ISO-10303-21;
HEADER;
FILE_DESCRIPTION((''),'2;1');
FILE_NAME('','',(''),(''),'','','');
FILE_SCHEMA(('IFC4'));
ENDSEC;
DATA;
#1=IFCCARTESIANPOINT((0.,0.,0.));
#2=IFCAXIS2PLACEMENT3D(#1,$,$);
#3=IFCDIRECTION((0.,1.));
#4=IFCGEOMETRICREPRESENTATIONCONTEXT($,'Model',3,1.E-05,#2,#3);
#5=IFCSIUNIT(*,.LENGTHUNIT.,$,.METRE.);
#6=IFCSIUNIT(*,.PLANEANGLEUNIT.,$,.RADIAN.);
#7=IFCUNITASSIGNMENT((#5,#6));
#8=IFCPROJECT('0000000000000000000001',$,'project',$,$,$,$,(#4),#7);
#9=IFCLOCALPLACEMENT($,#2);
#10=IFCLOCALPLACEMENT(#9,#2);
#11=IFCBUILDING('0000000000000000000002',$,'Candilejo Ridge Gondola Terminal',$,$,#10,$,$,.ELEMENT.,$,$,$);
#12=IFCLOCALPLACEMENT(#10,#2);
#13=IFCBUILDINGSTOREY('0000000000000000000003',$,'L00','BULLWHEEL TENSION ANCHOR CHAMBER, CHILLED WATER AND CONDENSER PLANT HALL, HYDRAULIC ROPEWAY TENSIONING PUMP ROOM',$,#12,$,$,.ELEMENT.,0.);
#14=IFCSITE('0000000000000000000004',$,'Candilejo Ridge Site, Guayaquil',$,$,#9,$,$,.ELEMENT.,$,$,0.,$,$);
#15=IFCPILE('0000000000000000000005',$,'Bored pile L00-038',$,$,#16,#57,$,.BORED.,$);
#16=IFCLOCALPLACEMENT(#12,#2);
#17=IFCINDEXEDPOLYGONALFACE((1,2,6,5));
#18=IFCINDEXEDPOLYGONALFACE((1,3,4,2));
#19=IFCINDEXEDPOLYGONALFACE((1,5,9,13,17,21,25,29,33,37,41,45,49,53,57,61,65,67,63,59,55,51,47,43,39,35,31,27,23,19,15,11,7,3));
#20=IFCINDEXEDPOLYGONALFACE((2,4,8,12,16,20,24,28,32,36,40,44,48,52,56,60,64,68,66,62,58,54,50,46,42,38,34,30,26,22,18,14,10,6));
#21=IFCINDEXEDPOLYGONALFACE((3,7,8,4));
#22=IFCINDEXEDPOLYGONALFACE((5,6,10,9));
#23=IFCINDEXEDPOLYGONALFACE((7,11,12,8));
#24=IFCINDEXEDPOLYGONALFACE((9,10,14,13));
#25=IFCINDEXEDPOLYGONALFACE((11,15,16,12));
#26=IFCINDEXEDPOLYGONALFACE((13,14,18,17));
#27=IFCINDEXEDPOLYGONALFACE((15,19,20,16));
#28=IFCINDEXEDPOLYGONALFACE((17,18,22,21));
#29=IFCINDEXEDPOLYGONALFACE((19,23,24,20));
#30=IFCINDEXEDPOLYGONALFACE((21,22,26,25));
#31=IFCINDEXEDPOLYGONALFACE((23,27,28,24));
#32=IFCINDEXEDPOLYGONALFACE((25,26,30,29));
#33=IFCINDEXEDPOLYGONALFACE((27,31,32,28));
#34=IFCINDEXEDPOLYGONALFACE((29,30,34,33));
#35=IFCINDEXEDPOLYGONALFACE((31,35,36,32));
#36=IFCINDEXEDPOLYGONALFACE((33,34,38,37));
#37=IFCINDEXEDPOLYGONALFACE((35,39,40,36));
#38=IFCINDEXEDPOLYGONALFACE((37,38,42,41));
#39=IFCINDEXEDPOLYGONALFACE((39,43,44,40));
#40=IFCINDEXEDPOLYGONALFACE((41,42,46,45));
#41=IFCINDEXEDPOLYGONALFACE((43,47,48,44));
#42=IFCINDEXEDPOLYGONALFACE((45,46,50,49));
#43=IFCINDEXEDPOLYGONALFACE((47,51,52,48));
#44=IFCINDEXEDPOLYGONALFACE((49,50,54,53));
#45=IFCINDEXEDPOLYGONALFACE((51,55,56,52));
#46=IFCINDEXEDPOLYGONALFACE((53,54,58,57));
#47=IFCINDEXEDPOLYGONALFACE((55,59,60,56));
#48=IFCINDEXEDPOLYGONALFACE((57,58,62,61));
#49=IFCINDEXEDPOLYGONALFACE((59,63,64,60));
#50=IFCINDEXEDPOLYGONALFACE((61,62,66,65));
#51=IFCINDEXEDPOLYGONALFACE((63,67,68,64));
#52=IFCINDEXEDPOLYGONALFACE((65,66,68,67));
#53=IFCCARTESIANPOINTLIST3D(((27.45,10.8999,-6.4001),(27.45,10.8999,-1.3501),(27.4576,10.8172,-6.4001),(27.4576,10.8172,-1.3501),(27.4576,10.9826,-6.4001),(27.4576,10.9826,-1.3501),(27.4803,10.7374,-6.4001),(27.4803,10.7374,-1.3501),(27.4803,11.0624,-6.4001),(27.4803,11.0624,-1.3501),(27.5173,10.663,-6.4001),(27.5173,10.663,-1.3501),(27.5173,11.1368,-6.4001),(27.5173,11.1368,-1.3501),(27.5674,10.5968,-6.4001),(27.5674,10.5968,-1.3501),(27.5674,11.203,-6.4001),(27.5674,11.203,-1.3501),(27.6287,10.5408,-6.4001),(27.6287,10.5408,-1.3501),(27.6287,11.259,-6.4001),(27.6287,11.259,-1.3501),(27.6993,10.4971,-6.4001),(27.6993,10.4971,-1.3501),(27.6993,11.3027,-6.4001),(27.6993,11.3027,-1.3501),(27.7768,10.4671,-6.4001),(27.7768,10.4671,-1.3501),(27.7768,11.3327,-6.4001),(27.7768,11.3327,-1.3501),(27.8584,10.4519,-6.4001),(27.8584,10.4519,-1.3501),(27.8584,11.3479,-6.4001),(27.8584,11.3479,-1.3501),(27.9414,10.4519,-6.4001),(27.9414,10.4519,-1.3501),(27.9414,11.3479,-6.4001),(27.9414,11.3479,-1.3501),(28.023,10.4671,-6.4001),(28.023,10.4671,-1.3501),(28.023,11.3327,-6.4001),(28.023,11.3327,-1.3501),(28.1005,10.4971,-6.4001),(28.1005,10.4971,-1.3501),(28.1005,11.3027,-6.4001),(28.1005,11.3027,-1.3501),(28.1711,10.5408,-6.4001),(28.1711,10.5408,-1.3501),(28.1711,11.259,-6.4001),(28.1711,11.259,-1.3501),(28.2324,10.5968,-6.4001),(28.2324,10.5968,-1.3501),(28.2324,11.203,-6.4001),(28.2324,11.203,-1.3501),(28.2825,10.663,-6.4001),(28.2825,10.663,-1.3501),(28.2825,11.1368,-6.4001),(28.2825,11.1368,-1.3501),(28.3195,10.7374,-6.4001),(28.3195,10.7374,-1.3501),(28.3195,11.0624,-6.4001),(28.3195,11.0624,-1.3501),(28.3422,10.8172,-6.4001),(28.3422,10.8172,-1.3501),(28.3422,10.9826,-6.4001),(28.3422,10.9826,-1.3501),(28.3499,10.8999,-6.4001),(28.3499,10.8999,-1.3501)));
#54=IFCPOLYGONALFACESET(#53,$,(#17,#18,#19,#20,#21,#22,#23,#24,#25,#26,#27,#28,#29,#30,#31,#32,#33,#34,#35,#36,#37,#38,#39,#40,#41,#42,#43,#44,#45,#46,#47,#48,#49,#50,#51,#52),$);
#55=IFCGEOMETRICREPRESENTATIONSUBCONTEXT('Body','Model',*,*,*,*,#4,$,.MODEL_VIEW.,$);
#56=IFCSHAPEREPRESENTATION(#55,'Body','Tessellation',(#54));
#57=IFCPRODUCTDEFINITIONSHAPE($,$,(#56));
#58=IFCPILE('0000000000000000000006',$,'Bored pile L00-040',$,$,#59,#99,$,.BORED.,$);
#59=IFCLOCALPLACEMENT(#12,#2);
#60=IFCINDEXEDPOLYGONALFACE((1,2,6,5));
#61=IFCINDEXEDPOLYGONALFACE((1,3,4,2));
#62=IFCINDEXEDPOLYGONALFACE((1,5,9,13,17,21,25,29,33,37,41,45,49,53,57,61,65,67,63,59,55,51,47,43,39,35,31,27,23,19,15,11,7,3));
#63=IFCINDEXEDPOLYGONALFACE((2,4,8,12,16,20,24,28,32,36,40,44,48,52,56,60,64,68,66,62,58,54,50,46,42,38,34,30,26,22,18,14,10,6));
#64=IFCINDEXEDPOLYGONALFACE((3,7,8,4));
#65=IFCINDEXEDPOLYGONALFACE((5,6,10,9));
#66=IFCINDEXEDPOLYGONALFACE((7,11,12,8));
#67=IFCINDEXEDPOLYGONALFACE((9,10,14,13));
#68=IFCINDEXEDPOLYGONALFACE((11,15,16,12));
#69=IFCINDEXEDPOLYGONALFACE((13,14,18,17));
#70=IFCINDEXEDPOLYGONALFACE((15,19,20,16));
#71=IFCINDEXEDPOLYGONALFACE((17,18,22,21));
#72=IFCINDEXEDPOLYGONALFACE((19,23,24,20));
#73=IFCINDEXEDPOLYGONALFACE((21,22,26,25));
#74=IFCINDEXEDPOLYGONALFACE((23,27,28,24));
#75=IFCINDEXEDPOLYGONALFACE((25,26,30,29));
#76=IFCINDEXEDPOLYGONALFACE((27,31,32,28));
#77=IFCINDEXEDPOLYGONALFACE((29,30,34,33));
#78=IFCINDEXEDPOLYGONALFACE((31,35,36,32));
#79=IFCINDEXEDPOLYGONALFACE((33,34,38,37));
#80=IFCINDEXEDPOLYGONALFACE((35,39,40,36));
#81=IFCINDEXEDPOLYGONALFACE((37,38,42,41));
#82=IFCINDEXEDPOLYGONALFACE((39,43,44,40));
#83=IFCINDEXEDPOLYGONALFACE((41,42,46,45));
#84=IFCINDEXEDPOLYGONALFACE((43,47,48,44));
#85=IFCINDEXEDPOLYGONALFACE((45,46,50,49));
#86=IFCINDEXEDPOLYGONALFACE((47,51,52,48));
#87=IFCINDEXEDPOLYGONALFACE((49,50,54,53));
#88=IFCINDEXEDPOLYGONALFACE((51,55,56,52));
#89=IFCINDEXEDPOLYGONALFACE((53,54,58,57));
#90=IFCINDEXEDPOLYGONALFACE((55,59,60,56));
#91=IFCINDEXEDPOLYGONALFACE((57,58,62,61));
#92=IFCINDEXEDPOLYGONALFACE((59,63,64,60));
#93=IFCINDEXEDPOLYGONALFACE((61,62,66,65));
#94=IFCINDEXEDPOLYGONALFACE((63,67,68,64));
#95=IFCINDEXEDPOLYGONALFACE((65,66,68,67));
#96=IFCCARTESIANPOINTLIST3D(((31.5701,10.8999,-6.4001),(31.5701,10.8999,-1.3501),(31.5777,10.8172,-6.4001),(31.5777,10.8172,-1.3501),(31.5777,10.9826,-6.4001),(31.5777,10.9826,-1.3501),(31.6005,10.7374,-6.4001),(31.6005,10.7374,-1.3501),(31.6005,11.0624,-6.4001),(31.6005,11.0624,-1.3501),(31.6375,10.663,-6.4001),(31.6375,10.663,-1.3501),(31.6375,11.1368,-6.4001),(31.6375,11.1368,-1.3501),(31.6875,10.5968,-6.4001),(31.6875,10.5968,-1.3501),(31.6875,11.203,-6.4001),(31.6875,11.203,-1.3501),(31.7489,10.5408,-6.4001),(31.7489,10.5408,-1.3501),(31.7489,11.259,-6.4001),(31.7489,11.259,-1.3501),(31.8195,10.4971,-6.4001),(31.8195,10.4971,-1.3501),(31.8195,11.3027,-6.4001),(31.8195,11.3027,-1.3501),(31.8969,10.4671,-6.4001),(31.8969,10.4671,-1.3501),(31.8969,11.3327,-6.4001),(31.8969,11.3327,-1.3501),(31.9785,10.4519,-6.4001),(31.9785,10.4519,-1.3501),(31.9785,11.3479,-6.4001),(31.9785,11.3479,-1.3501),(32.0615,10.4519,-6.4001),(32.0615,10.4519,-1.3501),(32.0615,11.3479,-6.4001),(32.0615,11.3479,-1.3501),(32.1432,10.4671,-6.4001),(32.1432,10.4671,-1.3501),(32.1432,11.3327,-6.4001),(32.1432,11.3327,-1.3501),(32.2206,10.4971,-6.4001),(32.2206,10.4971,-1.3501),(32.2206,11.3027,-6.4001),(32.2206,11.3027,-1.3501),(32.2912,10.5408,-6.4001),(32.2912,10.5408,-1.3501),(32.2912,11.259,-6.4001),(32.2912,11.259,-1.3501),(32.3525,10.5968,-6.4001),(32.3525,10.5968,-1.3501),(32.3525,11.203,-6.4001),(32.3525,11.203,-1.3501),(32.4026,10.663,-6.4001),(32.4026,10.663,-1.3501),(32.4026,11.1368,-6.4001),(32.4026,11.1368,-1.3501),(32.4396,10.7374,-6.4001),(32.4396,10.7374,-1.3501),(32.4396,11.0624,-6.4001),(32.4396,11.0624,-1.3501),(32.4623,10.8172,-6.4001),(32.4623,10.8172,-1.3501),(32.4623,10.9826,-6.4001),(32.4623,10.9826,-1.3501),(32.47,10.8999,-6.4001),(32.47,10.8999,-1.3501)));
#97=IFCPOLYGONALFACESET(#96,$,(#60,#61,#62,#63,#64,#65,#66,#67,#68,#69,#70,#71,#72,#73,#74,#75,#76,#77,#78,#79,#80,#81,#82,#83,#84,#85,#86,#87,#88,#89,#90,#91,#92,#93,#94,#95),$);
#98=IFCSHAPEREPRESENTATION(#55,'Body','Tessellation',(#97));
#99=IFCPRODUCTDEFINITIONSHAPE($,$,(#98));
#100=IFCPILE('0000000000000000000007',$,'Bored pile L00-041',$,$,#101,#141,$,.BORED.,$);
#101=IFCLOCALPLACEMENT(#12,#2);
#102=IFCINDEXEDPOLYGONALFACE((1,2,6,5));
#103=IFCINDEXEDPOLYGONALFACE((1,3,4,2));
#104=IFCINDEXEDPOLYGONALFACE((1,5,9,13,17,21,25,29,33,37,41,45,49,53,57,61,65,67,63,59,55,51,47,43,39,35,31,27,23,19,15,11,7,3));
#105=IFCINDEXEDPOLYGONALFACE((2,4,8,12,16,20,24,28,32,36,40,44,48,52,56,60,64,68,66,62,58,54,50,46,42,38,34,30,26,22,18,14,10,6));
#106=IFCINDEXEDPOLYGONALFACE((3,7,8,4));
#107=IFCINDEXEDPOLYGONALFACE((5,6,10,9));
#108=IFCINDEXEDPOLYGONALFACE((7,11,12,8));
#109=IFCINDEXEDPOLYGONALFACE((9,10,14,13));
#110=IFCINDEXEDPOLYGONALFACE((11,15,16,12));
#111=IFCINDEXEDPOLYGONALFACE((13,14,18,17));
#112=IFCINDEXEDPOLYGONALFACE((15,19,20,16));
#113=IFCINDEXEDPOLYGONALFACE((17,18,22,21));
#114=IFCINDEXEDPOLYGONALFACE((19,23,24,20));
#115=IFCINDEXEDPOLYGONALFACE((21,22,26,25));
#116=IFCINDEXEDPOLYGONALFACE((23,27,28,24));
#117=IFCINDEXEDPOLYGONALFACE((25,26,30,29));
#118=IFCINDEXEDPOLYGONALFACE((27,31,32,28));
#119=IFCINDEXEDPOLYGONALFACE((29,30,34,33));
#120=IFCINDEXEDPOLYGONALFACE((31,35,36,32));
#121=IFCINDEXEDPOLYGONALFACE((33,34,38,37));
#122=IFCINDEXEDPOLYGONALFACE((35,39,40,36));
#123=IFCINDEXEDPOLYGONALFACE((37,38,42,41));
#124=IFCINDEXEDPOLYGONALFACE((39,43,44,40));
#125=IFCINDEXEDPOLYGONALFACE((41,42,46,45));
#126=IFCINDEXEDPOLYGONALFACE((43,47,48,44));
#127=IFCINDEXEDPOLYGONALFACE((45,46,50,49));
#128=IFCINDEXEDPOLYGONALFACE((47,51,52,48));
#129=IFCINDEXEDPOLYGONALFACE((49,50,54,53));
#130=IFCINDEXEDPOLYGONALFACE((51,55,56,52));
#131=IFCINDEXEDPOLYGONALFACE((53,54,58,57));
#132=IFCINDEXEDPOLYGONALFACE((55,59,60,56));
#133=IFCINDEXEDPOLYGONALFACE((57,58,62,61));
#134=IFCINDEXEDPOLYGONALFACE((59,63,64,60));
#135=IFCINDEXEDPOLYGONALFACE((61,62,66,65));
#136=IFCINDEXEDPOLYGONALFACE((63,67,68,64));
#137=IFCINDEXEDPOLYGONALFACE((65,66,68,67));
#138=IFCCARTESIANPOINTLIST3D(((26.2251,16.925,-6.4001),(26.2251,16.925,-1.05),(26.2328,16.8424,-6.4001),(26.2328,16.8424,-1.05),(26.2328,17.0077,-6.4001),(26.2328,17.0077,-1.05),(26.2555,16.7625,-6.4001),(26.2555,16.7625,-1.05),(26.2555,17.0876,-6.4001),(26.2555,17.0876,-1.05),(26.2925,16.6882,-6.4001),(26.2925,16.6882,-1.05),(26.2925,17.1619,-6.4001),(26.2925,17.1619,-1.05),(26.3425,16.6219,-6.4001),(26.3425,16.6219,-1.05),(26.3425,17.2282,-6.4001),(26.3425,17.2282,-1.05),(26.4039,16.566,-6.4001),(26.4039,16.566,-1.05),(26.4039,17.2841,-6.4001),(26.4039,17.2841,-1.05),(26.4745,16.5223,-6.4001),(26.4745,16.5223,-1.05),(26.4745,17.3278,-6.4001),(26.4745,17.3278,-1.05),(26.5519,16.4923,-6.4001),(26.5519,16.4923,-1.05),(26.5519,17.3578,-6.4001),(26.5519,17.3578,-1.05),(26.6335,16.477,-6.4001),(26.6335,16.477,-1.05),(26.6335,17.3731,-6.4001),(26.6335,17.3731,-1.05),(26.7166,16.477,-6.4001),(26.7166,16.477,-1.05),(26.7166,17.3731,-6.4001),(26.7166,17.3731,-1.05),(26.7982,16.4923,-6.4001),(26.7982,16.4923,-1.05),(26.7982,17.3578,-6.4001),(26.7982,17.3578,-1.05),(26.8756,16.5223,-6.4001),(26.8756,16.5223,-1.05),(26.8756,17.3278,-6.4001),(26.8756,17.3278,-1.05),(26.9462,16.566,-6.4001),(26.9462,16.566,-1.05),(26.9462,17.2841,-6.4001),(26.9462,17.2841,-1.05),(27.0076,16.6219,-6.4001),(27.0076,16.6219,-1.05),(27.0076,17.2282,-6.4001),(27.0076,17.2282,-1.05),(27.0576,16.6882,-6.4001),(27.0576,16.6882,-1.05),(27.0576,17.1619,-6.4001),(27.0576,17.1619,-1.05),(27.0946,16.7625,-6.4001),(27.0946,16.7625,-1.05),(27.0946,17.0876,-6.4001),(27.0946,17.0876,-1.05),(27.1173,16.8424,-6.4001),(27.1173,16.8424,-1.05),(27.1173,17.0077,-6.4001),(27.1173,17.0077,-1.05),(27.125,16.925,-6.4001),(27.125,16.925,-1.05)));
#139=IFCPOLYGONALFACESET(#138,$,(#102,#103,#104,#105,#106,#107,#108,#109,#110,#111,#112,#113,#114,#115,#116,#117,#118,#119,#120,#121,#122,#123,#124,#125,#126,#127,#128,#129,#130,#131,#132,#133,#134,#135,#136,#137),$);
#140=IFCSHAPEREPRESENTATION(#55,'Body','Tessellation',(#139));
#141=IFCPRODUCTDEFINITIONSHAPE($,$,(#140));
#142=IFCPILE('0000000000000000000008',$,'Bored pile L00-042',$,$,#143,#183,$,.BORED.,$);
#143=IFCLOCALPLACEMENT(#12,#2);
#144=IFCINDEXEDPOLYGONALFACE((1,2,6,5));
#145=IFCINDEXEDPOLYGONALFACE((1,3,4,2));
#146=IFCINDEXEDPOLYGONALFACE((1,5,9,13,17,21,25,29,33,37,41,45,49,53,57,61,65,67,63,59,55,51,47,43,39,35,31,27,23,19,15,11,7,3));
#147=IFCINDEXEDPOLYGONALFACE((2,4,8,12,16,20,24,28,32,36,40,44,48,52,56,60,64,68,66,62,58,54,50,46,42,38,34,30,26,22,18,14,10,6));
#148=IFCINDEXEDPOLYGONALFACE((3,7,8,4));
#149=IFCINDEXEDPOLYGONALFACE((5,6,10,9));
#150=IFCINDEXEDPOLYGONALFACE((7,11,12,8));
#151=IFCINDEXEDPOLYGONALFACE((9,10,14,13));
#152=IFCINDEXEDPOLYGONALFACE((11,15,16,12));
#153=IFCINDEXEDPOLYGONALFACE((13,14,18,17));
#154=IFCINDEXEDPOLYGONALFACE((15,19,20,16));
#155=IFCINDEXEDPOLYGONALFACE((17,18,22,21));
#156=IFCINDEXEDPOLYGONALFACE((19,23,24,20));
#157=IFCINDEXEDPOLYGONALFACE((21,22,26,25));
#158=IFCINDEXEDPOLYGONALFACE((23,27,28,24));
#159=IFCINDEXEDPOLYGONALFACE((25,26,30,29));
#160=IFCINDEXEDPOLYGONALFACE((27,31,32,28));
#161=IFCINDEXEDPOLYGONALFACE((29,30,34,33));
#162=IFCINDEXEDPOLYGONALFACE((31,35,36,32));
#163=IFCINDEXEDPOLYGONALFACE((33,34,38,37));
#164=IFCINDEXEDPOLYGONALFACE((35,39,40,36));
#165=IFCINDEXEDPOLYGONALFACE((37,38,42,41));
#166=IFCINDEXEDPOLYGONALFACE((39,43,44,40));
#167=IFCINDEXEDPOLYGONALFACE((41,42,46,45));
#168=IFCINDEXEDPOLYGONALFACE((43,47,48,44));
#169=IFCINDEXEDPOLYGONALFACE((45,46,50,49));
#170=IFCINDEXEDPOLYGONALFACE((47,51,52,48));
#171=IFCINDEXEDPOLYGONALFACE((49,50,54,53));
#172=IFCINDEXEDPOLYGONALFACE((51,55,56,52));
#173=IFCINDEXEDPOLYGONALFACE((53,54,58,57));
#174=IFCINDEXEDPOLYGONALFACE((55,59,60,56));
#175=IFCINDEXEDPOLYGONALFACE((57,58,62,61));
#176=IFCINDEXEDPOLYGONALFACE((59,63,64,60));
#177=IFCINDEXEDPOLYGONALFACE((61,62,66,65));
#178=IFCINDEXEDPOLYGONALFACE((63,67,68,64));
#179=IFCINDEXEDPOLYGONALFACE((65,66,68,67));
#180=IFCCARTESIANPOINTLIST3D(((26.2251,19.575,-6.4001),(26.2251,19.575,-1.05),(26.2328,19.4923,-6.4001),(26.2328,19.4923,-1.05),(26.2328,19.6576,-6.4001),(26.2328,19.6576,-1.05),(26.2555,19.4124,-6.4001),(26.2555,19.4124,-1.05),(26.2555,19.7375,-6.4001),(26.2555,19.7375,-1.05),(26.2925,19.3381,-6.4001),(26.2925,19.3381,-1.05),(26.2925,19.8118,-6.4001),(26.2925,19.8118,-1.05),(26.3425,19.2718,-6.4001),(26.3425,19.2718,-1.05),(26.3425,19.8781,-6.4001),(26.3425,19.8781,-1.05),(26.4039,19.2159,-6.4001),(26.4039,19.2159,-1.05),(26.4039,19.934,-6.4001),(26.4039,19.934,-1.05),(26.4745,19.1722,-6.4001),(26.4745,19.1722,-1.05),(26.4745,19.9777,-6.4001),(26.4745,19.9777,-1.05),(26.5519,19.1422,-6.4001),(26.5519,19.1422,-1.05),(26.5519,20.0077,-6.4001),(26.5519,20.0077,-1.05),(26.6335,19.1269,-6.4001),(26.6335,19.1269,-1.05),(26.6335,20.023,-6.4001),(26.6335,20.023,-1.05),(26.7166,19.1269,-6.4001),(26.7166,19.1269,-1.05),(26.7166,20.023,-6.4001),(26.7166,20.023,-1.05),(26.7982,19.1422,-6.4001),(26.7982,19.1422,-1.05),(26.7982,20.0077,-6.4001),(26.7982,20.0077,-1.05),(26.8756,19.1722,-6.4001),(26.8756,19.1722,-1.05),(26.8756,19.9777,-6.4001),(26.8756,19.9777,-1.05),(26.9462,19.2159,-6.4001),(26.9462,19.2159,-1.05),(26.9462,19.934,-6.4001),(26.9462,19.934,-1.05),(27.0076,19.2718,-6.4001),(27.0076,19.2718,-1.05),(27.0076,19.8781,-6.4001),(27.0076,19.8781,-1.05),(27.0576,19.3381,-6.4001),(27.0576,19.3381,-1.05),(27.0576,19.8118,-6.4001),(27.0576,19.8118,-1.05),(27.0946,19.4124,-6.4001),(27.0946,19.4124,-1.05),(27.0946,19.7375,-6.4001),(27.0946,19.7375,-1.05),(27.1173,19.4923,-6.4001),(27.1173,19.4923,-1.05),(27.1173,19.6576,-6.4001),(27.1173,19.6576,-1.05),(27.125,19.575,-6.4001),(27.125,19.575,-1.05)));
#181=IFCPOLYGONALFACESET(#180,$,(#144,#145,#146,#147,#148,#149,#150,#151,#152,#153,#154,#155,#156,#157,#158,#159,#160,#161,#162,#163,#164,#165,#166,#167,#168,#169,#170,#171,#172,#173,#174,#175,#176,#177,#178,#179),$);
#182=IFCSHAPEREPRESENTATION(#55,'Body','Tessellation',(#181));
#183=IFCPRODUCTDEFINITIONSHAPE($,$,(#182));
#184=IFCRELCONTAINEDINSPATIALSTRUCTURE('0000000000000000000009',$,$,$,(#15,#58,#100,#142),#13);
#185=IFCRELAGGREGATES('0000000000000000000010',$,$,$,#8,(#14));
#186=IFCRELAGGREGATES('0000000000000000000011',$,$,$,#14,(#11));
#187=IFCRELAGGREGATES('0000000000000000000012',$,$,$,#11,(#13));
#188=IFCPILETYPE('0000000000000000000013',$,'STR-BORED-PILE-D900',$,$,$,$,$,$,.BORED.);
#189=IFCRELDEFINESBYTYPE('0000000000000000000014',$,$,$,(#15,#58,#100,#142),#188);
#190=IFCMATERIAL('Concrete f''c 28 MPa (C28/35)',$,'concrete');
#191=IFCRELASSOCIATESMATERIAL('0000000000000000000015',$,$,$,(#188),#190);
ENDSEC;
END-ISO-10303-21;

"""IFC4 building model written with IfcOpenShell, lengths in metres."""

from ifc_helpers import new_model, si_unit, direction, frame, origin, origin_2d, place, context, subcontext, project, spatial, circle, extrude, material, material_profile, profile_set, type_object, element, save


model = new_model("IFC4")

# Units and contexts
model_context = context("Model", 3, precision=1e-05, world=origin(), true_north=direction((0.0, 1.0)))
body_context = subcontext(model_context, "Body", "Model", "MODEL_VIEW")
ifc_project = project(units=[si_unit("LENGTHUNIT", "METRE"), si_unit("PLANEANGLEUNIT", "RADIAN")], contexts=[model_context])

# Site, building, storey
site_placement = place(None, origin())
site = spatial("IfcSite", under=ifc_project, at=site_placement, Name="Candilejo Ridge Site, Guayaquil", CompositionType="ELEMENT", RefElevation=0.0)
building_placement = place(site_placement, origin())
building = spatial("IfcBuilding", under=site, at=building_placement, Name="Candilejo Ridge Gondola Terminal", CompositionType="ELEMENT")
storey_placement = place(building_placement, origin())
storey = spatial("IfcBuildingStorey", under=building, at=storey_placement, Name="L00", Description="BULLWHEEL TENSION ANCHOR CHAMBER, CHILLED WATER AND CONDENSER PLANT HALL, HYDRAULIC ROPEWAY TENSIONING PUMP ROOM", CompositionType="ELEMENT", Elevation=0.0)

# Piles
ifc_material_1 = material(Name="Concrete f'c 28 MPa (C28/35)", Category="concrete")
ifc_material_profile_1 = material_profile(ifc_material_1, circle(Radius=0.45, at=origin_2d()))
ifc_profile_set_1 = profile_set([ifc_material_profile_1], Name="Concrete f'c 28 MPa (C28/35)")
pile_type = type_object("IfcPileType", Name="STR-BORED-PILE-D900", PredefinedType="BORED", material=ifc_profile_set_1)
for number, where, z_axis, x_axis, name in (
    (1, (27.8999, 10.8999, -1.3501), (0.0, 0.0, -1.0), (1.0, 0.0, 0.0), "Bored pile L00-038"),
    (2, (32.02, 10.8999, -1.3501), (0.0, 0.0, -1.0), (1.0, 0.0, 0.0), "Bored pile L00-040"),
):
    element("IfcPile", number, at=place(storey_placement, frame(where, z_axis=z_axis, x_axis=x_axis)), inside=storey, type_object=pile_type, Name=name, PredefinedType="BORED", context=body_context, shape_type="SweptSolid", body=[
        extrude(circle(Radius=0.45, at=origin_2d()), origin(), (0.0, 0.0, 1.0), 5.05),
    ])
for number, where, z_axis, x_axis, name in (
    (3, (26.675, 16.925, -1.05), (0.0, 0.0, -1.0), (1.0, 0.0, 0.0), "Bored pile L00-041"),
    (4, (26.675, 19.575, -1.05), (0.0, 0.0, -1.0), (1.0, 0.0, 0.0), "Bored pile L00-042"),
):
    element("IfcPile", number, at=place(storey_placement, frame(where, z_axis=z_axis, x_axis=x_axis)), inside=storey, type_object=pile_type, Name=name, PredefinedType="BORED", context=body_context, shape_type="SweptSolid", body=[
        extrude(circle(Radius=0.45, at=origin_2d()), origin(), (0.0, 0.0, 1.0), 5.3501),
    ])

save(model, "model.ifc")
